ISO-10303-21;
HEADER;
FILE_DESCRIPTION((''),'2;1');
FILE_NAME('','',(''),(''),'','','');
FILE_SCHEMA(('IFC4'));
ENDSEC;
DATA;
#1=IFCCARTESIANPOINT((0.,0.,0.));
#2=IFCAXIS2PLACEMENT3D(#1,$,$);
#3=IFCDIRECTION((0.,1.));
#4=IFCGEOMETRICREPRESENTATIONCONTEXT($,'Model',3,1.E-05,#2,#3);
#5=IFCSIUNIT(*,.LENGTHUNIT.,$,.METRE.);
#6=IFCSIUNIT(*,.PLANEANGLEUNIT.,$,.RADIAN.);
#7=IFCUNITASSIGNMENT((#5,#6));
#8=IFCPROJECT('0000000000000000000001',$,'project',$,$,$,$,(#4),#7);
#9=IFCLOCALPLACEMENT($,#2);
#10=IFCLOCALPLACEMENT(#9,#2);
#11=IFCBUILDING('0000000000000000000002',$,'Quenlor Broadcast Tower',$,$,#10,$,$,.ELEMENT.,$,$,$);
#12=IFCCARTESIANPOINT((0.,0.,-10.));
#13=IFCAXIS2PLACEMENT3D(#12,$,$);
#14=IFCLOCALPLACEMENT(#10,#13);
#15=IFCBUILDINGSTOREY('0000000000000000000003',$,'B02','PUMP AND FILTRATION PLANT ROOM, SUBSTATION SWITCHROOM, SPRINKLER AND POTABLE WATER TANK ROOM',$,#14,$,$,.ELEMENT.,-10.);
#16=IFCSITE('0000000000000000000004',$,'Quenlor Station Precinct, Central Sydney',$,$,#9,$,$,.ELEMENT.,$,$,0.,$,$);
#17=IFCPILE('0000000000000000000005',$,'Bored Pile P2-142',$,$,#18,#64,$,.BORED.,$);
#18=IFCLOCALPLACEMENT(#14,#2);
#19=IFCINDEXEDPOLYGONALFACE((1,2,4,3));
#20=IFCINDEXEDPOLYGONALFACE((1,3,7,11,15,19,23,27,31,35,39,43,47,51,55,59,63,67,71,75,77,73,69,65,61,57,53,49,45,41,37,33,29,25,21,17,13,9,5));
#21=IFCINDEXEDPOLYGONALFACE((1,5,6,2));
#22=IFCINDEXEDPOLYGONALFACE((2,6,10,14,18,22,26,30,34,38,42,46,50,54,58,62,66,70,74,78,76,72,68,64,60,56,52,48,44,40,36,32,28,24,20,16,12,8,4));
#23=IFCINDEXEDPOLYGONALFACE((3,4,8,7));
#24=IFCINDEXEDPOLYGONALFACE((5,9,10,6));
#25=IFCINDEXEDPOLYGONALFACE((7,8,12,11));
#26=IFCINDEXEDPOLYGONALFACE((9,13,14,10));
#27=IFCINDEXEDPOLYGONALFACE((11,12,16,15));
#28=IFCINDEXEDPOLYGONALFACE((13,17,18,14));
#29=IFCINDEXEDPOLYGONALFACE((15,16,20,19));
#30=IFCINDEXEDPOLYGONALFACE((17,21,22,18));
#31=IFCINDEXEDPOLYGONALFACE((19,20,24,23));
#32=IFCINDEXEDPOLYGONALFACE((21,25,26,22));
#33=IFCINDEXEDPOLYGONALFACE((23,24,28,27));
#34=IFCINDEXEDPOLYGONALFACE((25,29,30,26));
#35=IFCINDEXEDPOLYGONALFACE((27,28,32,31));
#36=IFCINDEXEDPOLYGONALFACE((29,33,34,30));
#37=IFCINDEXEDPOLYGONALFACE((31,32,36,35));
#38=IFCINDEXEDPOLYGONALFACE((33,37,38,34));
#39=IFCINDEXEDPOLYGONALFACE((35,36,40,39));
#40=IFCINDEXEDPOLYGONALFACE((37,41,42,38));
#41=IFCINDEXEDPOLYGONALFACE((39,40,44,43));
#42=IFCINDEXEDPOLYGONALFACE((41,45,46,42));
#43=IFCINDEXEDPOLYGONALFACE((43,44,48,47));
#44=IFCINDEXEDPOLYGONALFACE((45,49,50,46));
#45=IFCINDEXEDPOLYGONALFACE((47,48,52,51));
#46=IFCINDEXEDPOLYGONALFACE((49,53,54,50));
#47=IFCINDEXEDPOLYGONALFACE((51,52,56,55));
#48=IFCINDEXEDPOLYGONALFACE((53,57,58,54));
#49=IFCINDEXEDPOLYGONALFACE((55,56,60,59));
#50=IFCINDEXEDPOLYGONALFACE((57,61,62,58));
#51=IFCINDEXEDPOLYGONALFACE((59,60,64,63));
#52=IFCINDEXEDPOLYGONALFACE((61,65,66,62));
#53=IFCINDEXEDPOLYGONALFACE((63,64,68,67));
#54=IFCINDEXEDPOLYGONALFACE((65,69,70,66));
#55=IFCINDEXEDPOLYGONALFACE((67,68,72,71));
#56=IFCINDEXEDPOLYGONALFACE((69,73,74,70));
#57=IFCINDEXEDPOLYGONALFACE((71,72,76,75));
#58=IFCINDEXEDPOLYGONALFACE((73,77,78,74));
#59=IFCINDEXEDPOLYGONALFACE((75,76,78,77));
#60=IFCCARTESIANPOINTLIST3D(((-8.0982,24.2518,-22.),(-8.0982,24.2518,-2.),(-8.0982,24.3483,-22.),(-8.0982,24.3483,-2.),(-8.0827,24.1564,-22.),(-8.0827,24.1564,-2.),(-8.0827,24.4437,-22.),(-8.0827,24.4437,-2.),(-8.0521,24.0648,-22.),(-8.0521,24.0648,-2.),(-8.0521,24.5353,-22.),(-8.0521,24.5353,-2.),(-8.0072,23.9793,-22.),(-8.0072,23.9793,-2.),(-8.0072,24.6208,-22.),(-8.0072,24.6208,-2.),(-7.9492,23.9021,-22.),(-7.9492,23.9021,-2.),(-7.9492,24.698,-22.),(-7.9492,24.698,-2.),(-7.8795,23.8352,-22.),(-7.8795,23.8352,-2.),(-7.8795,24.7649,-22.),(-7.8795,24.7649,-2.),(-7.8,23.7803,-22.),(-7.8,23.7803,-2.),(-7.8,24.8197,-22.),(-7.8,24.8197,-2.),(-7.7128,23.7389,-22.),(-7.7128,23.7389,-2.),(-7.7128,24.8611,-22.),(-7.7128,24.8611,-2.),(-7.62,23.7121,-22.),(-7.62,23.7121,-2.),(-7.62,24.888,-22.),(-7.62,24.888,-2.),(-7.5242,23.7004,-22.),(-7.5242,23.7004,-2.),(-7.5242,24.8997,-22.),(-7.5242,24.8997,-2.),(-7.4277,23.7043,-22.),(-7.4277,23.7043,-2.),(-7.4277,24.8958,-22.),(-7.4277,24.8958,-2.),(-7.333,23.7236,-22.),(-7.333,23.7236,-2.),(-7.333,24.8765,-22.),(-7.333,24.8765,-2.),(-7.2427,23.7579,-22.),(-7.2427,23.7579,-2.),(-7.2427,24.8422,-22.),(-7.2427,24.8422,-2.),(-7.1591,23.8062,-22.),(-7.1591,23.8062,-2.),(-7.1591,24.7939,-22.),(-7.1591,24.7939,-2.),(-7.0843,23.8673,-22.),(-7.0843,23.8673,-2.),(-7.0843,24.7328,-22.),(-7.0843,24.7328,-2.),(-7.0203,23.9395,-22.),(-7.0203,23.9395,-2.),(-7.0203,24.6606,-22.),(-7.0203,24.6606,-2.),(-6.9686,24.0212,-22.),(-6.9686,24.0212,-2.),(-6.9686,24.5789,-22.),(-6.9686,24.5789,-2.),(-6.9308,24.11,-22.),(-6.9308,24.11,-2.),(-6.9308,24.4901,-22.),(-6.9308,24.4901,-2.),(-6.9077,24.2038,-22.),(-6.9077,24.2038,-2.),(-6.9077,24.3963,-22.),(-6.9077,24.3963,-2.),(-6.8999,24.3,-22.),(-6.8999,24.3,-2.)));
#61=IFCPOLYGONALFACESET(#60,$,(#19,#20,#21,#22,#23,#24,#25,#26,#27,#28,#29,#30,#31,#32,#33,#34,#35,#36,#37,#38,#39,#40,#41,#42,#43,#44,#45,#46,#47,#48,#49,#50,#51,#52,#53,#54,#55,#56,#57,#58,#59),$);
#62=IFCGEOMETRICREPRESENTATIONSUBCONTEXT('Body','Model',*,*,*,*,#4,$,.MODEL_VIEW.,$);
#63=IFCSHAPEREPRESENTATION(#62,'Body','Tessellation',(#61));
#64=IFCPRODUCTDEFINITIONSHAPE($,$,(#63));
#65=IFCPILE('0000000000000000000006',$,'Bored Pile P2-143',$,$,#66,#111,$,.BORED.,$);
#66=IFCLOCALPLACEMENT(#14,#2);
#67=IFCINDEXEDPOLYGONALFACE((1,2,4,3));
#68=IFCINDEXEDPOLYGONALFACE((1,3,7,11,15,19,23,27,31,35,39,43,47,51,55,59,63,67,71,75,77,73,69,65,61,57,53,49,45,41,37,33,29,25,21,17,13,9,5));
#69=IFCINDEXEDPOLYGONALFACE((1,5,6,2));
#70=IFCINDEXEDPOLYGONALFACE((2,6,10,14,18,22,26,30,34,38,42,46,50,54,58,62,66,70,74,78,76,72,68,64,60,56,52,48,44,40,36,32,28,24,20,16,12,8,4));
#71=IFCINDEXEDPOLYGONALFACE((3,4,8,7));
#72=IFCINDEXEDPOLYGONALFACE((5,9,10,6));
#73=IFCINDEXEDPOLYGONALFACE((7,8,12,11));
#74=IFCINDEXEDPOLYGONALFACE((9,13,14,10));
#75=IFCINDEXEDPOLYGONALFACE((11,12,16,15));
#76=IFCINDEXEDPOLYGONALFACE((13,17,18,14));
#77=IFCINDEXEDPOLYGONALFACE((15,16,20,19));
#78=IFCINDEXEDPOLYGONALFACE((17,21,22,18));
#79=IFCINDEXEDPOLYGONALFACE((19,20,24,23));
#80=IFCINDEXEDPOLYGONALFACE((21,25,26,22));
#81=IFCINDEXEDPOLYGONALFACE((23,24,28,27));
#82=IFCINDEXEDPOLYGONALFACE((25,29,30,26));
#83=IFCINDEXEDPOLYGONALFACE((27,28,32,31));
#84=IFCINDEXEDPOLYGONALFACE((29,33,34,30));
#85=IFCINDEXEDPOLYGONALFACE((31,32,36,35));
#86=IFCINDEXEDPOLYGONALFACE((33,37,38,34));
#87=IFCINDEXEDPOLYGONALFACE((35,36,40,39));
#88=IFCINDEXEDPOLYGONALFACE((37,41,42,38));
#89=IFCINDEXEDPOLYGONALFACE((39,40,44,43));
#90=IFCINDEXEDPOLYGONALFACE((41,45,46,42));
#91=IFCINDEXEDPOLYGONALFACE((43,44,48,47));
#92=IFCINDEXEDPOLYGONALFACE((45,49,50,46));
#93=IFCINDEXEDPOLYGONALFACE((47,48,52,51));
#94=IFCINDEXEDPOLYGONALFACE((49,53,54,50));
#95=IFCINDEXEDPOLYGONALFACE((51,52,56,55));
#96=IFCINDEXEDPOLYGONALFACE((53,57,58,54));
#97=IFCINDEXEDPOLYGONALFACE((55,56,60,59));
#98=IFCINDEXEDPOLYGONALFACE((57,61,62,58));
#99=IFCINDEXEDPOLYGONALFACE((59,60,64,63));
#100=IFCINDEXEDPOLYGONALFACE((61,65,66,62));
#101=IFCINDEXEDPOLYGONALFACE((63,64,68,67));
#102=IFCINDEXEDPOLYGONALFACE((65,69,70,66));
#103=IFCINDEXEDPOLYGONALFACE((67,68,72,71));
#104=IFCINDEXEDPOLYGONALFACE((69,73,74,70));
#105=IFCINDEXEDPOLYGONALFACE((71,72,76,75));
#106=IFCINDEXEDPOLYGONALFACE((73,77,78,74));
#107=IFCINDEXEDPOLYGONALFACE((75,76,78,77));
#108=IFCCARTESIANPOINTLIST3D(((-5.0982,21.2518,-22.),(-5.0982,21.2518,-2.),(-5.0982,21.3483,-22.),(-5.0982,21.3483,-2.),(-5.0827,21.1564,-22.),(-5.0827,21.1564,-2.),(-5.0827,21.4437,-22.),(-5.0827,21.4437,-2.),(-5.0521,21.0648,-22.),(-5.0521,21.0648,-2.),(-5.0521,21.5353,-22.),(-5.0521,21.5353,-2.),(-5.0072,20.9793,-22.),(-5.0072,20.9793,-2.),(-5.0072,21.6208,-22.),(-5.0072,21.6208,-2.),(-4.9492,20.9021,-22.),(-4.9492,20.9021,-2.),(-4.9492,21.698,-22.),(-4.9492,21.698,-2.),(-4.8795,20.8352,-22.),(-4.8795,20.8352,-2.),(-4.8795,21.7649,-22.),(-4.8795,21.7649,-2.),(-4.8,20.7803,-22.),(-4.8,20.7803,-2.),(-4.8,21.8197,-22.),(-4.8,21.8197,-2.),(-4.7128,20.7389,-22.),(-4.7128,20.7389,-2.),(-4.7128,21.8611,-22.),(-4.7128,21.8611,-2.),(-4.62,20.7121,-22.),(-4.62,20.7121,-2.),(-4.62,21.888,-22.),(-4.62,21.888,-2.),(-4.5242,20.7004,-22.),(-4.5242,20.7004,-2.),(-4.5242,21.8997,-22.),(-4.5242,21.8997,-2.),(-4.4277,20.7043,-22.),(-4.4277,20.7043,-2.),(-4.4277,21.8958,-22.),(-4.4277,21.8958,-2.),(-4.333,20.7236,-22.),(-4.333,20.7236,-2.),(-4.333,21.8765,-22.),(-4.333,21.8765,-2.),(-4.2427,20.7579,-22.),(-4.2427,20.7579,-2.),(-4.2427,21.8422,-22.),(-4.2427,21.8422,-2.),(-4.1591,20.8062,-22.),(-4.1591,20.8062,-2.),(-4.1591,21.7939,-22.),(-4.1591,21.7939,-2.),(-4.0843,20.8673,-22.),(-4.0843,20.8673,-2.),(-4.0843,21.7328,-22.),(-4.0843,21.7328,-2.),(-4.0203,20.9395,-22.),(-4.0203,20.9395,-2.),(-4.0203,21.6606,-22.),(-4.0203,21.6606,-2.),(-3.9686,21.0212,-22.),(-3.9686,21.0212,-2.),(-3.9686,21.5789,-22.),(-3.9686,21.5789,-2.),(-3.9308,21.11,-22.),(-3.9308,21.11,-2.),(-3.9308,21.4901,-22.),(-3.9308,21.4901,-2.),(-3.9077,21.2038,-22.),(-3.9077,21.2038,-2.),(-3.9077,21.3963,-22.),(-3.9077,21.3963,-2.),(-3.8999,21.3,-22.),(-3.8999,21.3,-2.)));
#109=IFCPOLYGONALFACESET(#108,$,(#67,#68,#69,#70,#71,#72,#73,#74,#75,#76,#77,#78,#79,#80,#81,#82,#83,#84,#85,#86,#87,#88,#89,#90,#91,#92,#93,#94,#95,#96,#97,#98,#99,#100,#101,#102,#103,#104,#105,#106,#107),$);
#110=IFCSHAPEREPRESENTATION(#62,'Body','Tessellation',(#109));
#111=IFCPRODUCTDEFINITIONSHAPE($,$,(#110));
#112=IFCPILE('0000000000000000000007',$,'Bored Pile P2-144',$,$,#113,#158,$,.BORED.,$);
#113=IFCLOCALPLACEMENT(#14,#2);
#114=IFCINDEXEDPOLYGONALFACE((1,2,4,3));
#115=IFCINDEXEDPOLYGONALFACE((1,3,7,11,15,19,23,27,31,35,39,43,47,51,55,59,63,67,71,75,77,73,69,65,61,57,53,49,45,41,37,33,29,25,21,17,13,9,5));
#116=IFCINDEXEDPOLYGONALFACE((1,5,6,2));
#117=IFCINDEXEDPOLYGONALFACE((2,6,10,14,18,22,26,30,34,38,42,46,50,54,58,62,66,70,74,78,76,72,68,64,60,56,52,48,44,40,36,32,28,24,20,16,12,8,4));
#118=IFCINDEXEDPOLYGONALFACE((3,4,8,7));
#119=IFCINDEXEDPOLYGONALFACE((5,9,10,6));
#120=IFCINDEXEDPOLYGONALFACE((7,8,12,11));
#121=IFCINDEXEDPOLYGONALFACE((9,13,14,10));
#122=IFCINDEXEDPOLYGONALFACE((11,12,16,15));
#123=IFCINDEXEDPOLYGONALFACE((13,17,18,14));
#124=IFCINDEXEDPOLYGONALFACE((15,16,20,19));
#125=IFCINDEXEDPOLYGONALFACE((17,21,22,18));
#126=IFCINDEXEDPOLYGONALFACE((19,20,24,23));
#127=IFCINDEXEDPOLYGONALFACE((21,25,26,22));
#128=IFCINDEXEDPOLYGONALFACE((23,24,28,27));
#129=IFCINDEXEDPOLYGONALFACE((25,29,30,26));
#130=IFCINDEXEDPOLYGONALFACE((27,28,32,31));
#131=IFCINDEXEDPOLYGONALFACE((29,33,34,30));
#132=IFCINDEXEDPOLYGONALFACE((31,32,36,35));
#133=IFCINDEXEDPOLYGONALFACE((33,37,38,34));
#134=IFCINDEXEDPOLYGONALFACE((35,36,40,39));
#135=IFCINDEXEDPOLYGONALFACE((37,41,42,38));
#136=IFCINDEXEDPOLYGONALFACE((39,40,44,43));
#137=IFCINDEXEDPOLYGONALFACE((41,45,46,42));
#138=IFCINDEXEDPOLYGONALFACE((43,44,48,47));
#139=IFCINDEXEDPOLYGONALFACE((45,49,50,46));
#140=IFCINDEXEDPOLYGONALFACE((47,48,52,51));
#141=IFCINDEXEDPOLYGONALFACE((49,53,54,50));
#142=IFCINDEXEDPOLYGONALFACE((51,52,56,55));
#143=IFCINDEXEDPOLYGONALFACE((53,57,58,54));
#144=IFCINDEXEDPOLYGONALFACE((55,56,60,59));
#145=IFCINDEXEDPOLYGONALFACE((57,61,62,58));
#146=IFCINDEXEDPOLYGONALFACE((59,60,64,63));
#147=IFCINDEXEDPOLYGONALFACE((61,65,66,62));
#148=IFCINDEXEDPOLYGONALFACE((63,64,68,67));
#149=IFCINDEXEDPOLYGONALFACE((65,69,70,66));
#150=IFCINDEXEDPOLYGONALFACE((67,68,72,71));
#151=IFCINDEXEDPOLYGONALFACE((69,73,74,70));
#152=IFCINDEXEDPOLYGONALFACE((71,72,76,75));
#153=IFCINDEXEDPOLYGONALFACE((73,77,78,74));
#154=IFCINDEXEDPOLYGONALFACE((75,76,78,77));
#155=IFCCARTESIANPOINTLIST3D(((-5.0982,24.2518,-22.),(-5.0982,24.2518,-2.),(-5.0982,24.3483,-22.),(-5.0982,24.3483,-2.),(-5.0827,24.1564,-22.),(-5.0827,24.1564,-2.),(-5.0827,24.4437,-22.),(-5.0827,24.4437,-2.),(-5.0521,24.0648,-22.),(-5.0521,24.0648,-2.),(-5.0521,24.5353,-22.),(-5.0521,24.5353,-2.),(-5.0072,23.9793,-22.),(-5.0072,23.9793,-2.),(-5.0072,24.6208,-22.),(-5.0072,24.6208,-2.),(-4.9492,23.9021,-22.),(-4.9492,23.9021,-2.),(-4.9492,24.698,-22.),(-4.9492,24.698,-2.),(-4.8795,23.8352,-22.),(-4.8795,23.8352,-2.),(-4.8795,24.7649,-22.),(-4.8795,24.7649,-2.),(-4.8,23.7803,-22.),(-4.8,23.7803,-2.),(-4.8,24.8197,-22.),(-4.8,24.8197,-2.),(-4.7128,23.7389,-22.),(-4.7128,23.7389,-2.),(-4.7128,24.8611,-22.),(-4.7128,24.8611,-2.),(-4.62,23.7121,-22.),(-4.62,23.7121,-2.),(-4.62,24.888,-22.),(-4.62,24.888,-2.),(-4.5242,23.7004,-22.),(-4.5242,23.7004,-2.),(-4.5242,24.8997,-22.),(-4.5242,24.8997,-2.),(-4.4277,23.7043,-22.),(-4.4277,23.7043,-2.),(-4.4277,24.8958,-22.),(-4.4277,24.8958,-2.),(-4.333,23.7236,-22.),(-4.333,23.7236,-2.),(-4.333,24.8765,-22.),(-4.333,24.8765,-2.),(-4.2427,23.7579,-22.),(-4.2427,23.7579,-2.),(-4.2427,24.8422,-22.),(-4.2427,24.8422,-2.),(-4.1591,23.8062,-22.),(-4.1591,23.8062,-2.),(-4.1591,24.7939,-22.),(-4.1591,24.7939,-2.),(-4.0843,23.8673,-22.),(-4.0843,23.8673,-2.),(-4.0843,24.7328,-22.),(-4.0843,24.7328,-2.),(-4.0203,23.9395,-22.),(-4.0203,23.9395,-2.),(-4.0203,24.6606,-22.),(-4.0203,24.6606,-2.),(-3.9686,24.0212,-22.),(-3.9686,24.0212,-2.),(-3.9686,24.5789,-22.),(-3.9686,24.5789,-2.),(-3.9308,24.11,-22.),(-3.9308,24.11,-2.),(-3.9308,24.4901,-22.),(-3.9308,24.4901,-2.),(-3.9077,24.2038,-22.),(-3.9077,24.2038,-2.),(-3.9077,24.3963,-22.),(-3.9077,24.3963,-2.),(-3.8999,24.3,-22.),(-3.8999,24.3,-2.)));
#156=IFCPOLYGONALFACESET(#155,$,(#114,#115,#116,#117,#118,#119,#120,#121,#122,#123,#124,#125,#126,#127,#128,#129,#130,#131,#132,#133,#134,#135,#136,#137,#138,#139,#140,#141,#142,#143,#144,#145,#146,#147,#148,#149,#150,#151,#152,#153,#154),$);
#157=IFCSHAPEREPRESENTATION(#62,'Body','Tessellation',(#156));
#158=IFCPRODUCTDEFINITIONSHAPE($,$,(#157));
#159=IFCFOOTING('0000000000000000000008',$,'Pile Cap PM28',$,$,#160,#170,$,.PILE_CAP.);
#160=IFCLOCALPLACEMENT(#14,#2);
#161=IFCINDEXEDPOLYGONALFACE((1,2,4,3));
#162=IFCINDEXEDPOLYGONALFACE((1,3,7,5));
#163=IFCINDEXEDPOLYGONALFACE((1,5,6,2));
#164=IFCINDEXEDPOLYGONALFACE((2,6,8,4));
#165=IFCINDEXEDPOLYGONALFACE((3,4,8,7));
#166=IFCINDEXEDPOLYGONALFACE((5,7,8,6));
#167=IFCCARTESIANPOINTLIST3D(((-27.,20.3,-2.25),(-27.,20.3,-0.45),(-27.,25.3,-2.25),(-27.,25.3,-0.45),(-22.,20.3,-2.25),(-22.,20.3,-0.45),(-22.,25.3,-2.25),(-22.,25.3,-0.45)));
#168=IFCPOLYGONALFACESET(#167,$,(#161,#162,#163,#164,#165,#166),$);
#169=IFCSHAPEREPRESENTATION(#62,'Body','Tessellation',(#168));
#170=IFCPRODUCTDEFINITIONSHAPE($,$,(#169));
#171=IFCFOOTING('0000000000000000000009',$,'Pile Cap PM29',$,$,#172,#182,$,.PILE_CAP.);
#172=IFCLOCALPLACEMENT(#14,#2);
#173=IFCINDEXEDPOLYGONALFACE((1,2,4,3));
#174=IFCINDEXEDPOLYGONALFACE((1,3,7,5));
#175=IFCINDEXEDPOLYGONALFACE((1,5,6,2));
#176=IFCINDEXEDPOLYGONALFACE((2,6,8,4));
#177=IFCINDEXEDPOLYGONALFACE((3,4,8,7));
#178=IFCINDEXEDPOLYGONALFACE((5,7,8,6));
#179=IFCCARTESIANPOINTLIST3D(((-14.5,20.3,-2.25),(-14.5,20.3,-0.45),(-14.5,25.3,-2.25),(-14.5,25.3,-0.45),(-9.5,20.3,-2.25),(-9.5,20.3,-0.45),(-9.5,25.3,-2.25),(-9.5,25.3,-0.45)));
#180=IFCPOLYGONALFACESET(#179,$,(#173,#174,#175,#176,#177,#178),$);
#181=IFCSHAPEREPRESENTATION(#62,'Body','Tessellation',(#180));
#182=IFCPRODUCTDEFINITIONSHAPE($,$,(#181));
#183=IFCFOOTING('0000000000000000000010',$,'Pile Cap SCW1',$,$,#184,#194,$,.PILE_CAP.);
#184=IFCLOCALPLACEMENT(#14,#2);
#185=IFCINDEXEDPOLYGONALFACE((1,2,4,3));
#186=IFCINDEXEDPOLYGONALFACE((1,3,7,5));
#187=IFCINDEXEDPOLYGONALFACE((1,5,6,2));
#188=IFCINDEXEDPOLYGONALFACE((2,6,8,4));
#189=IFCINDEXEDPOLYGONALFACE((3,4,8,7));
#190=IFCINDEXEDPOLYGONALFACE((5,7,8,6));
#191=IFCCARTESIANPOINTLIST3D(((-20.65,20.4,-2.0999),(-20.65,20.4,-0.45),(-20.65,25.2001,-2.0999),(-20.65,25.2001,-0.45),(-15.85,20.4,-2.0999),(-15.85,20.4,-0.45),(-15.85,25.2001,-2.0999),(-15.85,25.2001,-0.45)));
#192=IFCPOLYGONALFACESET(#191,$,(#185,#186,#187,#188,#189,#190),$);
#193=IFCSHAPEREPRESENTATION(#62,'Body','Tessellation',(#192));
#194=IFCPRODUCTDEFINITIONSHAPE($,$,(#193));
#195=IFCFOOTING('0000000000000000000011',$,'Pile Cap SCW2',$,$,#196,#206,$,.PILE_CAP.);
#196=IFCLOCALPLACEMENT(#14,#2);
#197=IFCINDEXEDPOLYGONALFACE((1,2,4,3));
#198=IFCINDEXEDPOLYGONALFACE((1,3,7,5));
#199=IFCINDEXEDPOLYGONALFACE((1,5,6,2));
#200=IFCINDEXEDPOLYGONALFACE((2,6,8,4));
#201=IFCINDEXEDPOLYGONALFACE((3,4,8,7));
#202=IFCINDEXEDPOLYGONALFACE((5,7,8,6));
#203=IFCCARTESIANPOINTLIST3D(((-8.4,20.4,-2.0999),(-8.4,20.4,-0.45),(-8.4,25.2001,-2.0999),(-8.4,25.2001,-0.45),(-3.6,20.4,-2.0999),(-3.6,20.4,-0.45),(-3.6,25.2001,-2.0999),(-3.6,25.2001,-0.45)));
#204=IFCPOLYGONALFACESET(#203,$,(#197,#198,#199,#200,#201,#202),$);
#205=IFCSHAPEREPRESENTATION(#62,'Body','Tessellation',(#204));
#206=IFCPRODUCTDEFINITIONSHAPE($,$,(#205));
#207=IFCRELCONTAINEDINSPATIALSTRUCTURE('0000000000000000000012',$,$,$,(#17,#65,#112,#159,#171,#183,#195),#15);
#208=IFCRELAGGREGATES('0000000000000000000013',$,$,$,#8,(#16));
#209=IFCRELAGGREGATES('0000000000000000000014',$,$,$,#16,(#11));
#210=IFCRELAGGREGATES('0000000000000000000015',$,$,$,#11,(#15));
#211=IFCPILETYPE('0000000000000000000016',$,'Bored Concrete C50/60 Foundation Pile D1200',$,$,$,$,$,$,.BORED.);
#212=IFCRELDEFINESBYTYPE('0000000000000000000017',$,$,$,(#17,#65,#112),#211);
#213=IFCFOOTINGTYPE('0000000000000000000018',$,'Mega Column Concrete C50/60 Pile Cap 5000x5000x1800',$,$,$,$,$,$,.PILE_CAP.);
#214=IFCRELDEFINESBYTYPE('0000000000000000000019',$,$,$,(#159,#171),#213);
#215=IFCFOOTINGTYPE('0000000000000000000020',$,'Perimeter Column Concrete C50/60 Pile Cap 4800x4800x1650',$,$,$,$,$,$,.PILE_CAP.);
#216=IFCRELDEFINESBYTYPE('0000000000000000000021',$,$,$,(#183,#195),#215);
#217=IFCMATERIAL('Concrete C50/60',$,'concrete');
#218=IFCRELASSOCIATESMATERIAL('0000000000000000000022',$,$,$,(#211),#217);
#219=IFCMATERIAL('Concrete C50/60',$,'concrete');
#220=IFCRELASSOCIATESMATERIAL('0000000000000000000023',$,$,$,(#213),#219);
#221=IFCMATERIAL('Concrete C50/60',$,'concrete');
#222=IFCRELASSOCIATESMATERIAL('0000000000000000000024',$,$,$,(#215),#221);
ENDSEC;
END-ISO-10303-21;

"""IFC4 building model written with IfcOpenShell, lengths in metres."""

from ifc_helpers import new_model, si_unit, direction, frame, origin, origin_2d, place, context, subcontext, project, spatial, rectangle, circle, extrude, material, material_profile, profile_set, type_object, element, save


model = new_model("IFC4")

# Units and contexts
model_context = context("Model", 3, precision=1e-05, world=origin(), true_north=direction((0.0, 1.0)))
body_context = subcontext(model_context, "Body", "Model", "MODEL_VIEW")
ifc_project = project(units=[si_unit("LENGTHUNIT", "METRE"), si_unit("PLANEANGLEUNIT", "RADIAN")], contexts=[model_context])

# Site, building, storey
site_placement = place(None, origin())
site = spatial("IfcSite", under=ifc_project, at=site_placement, Name="Quenlor Station Precinct, Central Sydney", CompositionType="ELEMENT", RefElevation=0.0)
building_placement = place(site_placement, origin())
building = spatial("IfcBuilding", under=site, at=building_placement, Name="Quenlor Broadcast Tower", CompositionType="ELEMENT")
storey_placement = place(building_placement, frame((0.0, 0.0, -10.0)))
storey = spatial("IfcBuildingStorey", under=building, at=storey_placement, Name="B02", Description="PUMP AND FILTRATION PLANT ROOM, SUBSTATION SWITCHROOM, SPRINKLER AND POTABLE WATER TANK ROOM", CompositionType="ELEMENT", Elevation=-10.0)

# Piles
ifc_material_1 = material(Name="Concrete C50/60", Category="concrete")
ifc_material_profile_1 = material_profile(ifc_material_1, circle(Radius=0.6001, at=origin_2d()))
ifc_profile_set_1 = profile_set([ifc_material_profile_1], Name="Concrete C50/60 PILE1200")
pile_type = type_object("IfcPileType", Name="Bored Concrete C50/60 Foundation Pile D1200", PredefinedType="BORED", material=ifc_profile_set_1)
for number, where, z_axis, x_axis, name in (
    (1, (-7.5, 24.3, -2.0), (0.0, 0.0, -1.0), (1.0, 0.0, 0.0), "Bored Pile P2-142"),
    (2, (-4.5, 21.3, -2.0), (0.0, 0.0, -1.0), (1.0, 0.0, 0.0), "Bored Pile P2-143"),
    (3, (-4.5, 24.3, -2.0), (0.0, 0.0, -1.0), (1.0, 0.0, 0.0), "Bored Pile P2-144"),
):
    element("IfcPile", number, at=place(storey_placement, frame(where, z_axis=z_axis, x_axis=x_axis)), inside=storey, type_object=pile_type, Name=name, PredefinedType="BORED", context=body_context, shape_type="SweptSolid", body=[
        extrude(circle(Radius=0.6001, at=origin_2d()), origin(), (0.0, 0.0, 1.0), 20.0),
    ])

# Footings
ifc_material_2 = material(Name="Concrete C50/60", Category="concrete")
footing_type_1 = type_object("IfcFootingType", Name="Mega Column Concrete C50/60 Pile Cap 5000x5000x1800", PredefinedType="PILE_CAP", material=ifc_material_2)
for number, where, z_axis, x_axis, name in (
    (4, (-24.5, 22.8, -2.25), (0.0, 0.0, 1.0), (1.0, 0.0, 0.0), "Pile Cap PM28"),
    (5, (-12.0, 22.8, -2.25), (0.0, 0.0, 1.0), (1.0, 0.0, 0.0), "Pile Cap PM29"),
):
    element("IfcFooting", number, at=place(storey_placement, frame(where, z_axis=z_axis, x_axis=x_axis)), inside=storey, type_object=footing_type_1, Name=name, PredefinedType="PILE_CAP", context=body_context, shape_type="SweptSolid", body=[
        extrude(rectangle(XDim=5.0, YDim=5.0, at=origin_2d()), origin(), (0.0, 0.0, 1.0), 1.8),
    ])
ifc_material_3 = material(Name="Concrete C50/60", Category="concrete")
footing_type_2 = type_object("IfcFootingType", Name="Perimeter Column Concrete C50/60 Pile Cap 4800x4800x1650", PredefinedType="PILE_CAP", material=ifc_material_3)
for number, where, z_axis, x_axis, name in (
    (6, (-18.25, 22.8, -2.0999), (0.0, 0.0, 1.0), (1.0, 0.0, 0.0), "Pile Cap SCW1"),
    (7, (-6.0, 22.8, -2.0999), (0.0, 0.0, 1.0), (1.0, 0.0, 0.0), "Pile Cap SCW2"),
):
    element("IfcFooting", number, at=place(storey_placement, frame(where, z_axis=z_axis, x_axis=x_axis)), inside=storey, type_object=footing_type_2, Name=name, PredefinedType="PILE_CAP", context=body_context, shape_type="SweptSolid", body=[
        extrude(rectangle(XDim=4.8, YDim=4.8, at=origin_2d()), origin(), (0.0, 0.0, 1.0), 1.6499),
    ])

save(model, "model.ifc")
